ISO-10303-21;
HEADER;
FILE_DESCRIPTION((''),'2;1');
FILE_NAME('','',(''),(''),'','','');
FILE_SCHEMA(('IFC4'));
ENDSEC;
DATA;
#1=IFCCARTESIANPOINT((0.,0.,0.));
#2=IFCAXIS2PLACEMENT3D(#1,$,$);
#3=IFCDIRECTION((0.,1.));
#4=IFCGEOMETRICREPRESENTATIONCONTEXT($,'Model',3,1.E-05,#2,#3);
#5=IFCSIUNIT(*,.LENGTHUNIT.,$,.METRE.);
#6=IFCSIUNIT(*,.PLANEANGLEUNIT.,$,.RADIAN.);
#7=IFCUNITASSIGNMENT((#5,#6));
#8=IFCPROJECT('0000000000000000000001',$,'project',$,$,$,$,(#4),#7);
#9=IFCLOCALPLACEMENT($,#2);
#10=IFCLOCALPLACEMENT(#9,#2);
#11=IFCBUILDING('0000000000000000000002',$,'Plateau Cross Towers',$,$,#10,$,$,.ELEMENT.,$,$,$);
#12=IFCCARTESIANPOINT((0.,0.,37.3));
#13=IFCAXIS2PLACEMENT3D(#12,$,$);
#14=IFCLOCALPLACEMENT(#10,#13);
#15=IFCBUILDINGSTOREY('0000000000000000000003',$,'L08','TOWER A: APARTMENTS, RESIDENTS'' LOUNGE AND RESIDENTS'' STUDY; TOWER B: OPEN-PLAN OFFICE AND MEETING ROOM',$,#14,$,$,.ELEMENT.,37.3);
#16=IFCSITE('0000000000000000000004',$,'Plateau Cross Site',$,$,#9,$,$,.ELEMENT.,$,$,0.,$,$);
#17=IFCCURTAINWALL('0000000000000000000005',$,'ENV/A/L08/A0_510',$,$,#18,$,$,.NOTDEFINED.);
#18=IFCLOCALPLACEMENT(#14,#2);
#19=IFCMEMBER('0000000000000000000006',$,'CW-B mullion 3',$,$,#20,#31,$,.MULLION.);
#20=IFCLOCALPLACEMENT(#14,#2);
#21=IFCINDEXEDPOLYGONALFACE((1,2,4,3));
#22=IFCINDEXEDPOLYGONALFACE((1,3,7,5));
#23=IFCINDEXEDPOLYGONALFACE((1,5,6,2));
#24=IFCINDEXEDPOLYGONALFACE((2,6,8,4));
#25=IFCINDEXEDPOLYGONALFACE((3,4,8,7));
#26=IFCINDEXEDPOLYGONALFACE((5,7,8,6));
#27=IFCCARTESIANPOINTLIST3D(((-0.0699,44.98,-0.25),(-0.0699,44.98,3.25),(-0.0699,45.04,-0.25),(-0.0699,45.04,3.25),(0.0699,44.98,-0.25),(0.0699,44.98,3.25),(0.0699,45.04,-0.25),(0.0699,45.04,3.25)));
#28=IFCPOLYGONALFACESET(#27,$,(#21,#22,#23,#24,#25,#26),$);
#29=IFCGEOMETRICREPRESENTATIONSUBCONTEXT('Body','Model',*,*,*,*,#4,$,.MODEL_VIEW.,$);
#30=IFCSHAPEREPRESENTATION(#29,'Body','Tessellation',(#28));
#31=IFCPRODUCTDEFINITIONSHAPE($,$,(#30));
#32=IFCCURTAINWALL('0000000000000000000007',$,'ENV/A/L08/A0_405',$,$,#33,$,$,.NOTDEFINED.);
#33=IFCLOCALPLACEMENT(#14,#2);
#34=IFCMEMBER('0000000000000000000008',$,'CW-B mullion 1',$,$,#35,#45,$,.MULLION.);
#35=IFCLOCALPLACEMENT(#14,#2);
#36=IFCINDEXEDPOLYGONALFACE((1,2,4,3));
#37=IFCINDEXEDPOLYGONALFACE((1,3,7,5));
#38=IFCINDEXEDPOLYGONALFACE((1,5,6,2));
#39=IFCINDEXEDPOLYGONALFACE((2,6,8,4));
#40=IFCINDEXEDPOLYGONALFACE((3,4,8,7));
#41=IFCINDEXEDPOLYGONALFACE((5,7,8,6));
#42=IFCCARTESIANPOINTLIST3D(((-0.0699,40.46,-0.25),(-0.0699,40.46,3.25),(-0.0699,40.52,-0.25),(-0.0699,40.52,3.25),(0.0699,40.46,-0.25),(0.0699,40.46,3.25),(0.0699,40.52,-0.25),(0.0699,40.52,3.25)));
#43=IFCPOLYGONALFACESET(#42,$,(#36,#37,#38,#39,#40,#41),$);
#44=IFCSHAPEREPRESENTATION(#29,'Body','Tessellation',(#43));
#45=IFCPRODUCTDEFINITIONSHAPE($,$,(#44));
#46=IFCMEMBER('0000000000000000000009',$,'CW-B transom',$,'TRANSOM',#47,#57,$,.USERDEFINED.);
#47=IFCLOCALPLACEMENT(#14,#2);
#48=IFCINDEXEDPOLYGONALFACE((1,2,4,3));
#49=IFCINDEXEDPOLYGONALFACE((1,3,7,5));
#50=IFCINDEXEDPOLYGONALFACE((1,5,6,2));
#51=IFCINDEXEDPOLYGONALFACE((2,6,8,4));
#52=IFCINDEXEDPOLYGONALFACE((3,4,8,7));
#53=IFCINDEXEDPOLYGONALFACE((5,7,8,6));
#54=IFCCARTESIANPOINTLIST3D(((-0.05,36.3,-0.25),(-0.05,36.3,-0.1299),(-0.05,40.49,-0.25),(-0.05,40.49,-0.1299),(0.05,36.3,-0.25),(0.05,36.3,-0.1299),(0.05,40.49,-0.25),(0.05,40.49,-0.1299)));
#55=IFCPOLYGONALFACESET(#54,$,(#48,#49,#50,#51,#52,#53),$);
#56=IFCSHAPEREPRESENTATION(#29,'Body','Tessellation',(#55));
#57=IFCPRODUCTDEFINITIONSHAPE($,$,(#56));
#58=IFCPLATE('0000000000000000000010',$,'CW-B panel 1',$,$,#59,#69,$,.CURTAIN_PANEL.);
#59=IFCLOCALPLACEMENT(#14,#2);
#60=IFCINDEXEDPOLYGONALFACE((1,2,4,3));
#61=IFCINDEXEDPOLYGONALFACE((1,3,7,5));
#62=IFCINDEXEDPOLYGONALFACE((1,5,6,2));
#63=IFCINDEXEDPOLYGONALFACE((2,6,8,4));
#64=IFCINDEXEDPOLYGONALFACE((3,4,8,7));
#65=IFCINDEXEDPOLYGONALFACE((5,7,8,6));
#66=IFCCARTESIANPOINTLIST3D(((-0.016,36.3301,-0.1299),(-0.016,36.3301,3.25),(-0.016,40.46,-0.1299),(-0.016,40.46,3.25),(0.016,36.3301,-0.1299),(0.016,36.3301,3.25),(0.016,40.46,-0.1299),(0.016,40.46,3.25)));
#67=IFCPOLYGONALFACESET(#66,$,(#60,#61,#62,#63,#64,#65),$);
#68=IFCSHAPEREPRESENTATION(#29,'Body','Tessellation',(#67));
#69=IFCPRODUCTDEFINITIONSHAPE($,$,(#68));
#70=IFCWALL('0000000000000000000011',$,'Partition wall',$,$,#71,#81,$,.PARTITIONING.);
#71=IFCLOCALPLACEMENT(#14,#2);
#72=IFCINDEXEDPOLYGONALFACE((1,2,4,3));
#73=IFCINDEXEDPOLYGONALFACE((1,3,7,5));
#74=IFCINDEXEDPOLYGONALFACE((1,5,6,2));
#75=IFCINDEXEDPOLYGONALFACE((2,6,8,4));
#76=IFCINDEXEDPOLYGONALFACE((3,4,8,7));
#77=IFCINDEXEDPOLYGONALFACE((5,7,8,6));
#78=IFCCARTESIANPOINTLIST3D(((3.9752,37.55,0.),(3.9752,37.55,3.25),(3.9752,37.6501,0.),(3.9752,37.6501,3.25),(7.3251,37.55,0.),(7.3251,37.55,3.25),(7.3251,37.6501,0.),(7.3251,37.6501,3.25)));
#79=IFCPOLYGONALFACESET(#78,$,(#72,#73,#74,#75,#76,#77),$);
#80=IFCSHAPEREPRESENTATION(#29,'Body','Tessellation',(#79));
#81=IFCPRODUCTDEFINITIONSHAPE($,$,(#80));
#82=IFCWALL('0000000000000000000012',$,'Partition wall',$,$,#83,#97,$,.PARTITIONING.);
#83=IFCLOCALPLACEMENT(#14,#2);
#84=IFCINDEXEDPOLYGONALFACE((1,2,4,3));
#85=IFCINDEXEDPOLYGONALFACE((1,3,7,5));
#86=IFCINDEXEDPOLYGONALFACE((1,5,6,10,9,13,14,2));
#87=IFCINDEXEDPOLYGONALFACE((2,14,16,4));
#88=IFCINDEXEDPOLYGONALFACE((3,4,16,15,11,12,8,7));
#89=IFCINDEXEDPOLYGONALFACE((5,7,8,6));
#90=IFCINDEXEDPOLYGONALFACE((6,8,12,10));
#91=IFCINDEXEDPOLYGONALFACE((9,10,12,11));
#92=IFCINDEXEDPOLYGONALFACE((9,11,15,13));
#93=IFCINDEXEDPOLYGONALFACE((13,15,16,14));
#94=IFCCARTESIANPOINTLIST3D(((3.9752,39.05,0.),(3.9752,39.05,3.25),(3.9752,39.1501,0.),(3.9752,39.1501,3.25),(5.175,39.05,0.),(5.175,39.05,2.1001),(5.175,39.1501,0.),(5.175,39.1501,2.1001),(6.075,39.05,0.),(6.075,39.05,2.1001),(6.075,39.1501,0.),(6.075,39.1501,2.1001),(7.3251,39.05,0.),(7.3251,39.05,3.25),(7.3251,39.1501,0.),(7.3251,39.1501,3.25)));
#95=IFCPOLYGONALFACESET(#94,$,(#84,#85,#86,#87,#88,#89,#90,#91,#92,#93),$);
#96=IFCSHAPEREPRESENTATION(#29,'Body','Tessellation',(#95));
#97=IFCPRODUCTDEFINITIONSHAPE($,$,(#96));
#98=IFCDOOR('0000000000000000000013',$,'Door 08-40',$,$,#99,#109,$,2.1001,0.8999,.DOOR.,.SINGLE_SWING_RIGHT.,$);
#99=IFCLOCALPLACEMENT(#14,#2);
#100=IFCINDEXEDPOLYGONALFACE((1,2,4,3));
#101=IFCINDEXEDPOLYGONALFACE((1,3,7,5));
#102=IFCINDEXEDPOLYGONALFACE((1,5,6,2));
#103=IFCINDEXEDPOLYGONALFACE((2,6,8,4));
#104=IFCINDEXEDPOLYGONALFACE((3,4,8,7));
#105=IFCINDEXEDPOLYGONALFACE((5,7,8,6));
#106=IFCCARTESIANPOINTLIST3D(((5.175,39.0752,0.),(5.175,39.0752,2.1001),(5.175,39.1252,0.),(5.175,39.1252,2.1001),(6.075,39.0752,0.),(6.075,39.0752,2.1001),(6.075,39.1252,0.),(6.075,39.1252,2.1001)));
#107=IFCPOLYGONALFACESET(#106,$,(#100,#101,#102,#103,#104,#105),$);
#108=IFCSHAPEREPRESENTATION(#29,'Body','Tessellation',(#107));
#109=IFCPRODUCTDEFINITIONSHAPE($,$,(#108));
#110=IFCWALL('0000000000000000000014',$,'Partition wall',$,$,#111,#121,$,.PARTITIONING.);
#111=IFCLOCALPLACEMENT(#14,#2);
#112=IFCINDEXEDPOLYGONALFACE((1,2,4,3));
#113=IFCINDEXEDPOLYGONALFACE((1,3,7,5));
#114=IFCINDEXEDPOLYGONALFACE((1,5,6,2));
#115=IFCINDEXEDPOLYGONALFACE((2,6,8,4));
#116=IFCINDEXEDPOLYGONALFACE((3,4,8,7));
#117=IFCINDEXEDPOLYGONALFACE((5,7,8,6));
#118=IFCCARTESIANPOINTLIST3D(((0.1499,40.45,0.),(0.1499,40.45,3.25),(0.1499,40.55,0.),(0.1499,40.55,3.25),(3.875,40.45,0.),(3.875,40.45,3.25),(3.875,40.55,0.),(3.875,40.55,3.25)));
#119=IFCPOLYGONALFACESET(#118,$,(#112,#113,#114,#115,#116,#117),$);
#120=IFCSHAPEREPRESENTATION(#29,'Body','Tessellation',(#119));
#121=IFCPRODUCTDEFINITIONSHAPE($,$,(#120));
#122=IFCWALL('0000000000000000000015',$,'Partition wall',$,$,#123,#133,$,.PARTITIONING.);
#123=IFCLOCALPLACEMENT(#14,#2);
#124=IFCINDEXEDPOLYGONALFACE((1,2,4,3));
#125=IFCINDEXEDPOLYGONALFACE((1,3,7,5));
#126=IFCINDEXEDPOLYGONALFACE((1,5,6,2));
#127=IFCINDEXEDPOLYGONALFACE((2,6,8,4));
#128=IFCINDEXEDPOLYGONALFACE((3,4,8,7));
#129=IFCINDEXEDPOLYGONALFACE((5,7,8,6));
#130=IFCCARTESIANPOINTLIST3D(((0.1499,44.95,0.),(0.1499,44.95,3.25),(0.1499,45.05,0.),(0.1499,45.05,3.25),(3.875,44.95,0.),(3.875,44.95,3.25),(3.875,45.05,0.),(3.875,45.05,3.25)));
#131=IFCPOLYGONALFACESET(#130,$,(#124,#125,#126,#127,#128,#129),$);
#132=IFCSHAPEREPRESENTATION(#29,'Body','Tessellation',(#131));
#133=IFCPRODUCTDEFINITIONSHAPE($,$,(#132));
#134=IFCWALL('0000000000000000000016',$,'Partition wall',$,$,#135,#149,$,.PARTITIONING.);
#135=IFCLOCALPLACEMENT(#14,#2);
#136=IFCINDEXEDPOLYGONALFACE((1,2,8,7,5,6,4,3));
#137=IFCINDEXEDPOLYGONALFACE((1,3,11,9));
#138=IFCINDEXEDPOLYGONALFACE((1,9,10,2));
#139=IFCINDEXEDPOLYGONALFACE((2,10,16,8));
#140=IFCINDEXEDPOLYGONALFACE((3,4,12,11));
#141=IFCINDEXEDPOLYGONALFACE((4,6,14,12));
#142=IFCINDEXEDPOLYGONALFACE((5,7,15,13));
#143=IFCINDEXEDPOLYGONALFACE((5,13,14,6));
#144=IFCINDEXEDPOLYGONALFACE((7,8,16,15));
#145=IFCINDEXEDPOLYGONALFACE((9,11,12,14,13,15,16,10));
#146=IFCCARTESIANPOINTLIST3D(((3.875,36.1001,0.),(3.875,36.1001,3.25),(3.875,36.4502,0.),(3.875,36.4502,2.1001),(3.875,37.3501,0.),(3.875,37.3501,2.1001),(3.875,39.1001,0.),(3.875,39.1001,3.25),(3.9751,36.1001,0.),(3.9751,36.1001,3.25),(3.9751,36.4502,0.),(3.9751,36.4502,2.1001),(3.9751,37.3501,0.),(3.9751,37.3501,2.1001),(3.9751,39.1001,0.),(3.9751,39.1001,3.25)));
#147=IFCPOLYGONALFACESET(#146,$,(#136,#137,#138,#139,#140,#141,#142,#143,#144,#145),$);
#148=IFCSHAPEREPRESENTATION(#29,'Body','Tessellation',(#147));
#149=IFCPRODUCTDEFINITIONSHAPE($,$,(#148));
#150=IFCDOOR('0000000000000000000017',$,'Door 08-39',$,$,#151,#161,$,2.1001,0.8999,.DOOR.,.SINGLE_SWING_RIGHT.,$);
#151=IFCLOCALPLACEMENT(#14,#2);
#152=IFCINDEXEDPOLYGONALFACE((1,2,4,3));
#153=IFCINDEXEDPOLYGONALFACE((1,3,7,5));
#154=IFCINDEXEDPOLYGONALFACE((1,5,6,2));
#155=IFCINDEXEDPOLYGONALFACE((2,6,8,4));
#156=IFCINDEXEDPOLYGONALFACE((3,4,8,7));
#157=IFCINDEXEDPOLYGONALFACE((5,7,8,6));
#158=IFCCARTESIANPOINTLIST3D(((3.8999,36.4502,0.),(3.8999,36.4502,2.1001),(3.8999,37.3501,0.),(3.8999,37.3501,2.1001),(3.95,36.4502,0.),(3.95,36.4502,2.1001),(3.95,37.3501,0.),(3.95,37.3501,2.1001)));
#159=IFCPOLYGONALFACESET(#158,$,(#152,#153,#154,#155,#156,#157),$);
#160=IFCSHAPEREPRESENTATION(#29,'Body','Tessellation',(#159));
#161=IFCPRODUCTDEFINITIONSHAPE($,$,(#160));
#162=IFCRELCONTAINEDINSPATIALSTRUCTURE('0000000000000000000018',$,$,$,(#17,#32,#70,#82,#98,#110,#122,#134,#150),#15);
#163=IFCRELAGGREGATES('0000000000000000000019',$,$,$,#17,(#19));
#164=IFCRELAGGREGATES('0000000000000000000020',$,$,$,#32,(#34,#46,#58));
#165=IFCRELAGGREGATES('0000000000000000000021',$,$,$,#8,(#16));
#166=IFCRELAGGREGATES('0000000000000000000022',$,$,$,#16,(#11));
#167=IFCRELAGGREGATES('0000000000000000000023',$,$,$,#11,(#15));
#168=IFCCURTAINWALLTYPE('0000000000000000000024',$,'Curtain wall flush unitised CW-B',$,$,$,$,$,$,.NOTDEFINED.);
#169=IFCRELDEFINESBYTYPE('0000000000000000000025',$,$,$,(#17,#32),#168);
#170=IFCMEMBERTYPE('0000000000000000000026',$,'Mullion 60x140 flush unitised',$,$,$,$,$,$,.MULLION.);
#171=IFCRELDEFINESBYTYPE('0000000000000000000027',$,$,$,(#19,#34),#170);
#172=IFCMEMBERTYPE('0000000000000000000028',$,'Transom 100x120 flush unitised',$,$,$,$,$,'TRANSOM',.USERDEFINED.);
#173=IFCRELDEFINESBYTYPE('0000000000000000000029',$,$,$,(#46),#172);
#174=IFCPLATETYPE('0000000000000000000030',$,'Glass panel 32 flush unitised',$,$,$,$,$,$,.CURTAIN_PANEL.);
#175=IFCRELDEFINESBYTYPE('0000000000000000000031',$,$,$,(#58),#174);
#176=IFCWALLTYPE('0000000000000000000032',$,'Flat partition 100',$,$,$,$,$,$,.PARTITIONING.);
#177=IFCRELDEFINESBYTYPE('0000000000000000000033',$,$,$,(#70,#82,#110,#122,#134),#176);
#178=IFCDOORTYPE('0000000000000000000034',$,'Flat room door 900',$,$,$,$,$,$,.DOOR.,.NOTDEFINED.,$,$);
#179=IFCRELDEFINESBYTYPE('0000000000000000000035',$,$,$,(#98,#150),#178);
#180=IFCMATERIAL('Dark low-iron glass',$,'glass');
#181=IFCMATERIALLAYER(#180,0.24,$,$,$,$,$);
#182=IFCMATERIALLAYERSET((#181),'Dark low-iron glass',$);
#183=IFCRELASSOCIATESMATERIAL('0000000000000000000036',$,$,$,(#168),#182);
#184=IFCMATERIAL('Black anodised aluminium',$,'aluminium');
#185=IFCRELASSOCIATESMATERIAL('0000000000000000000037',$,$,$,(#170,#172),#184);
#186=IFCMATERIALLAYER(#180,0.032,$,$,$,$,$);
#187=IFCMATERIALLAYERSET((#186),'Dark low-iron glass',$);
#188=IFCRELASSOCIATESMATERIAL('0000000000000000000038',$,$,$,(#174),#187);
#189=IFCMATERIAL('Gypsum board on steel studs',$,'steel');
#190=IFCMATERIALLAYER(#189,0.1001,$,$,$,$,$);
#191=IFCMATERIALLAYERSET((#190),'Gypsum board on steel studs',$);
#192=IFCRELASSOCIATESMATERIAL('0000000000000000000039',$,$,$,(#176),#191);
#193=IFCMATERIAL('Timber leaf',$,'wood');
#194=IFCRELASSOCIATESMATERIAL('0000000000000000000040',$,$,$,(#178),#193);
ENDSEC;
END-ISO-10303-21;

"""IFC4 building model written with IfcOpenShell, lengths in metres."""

from ifc_helpers import new_model, si_unit, direction, frame, frame_2d, origin, origin_2d, place, context, subcontext, project, spatial, rectangle, extrude, material, layer, layer_set, material_profile, profile_set, type_object, element, fill, aggregate, save


model = new_model("IFC4")

# Units and contexts
model_context = context("Model", 3, precision=1e-05, world=origin(), true_north=direction((0.0, 1.0)))
body_context = subcontext(model_context, "Body", "Model", "MODEL_VIEW")
ifc_project = project(units=[si_unit("LENGTHUNIT", "METRE"), si_unit("PLANEANGLEUNIT", "RADIAN")], contexts=[model_context])

# Site, building, storey
site_placement = place(None, origin())
site = spatial("IfcSite", under=ifc_project, at=site_placement, Name="Plateau Cross Site", CompositionType="ELEMENT", RefElevation=0.0)
building_placement = place(site_placement, origin())
building = spatial("IfcBuilding", under=site, at=building_placement, Name="Plateau Cross Towers", CompositionType="ELEMENT")
storey_placement = place(building_placement, frame((0.0, 0.0, 37.3)))
storey = spatial("IfcBuildingStorey", under=building, at=storey_placement, Name="L08", Description="TOWER A: APARTMENTS, RESIDENTS' LOUNGE AND RESIDENTS' STUDY; TOWER B: OPEN-PLAN OFFICE AND MEETING ROOM", CompositionType="ELEMENT", Elevation=37.3)

# Curtain wall, member
ifc_material_1 = material(Name="Dark low-iron glass", Category="glass")
ifc_layer_1 = layer(ifc_material_1, 0.24)
ifc_layer_set_1 = layer_set([ifc_layer_1], Name="Dark low-iron glass")
curtain_wall_type = type_object("IfcCurtainWallType", Name="Curtain wall flush unitised CW-B", PredefinedType="NOTDEFINED", material=ifc_layer_set_1)
curtain_wall_1_placement = place(storey_placement, origin())
curtain_wall_1 = element("IfcCurtainWall", 1, at=curtain_wall_1_placement, inside=storey, type_object=curtain_wall_type, Name="ENV/A/L08/A0_510", PredefinedType="NOTDEFINED")
ifc_material_2 = material(Name="Black anodised aluminium", Category="aluminium")
ifc_material_profile_1 = material_profile(ifc_material_2, rectangle(XDim=0.0601, YDim=0.1399, at=origin_2d()), Name="MULLION 60x140")
ifc_profile_set_1 = profile_set([ifc_material_profile_1], Name="Black anodised aluminium")
member_type_1 = type_object("IfcMemberType", Name="Mullion 60x140 flush unitised", PredefinedType="MULLION", material=ifc_profile_set_1)
member_1_placement = place(storey_placement, frame((0.0, 45.01, -0.25), z_axis=(0.0, 0.0, 1.0), x_axis=(0.0, -1.0, 0.0)))
member_1 = element("IfcMember", 2, at=member_1_placement, type_object=member_type_1, Name="CW-B mullion 3", PredefinedType="MULLION", context=body_context, shape_type="SweptSolid", body=[
    extrude(rectangle(XDim=0.0601, YDim=0.1399, at=origin_2d()), origin(), (0.0, 0.0, 1.0), 3.5),
])
aggregate(curtain_wall_1, [member_1])

# Curtain wall, members, plate
curtain_wall_2_placement = place(storey_placement, origin())
curtain_wall_2 = element("IfcCurtainWall", 3, at=curtain_wall_2_placement, inside=storey, type_object=curtain_wall_type, Name="ENV/A/L08/A0_405", PredefinedType="NOTDEFINED")
member_2_placement = place(storey_placement, frame((0.0, 40.49, -0.25), z_axis=(0.0, 0.0, 1.0), x_axis=(0.0, -1.0, 0.0)))
member_2 = element("IfcMember", 4, at=member_2_placement, type_object=member_type_1, Name="CW-B mullion 1", PredefinedType="MULLION", context=body_context, shape_type="SweptSolid", body=[
    extrude(rectangle(XDim=0.0601, YDim=0.1399, at=origin_2d()), origin(), (0.0, 0.0, 1.0), 3.5),
])
ifc_material_profile_2 = material_profile(ifc_material_2, rectangle(XDim=0.1001, YDim=0.1201, at=origin_2d()), Name="TRANSOM 100x120")
ifc_profile_set_2 = profile_set([ifc_material_profile_2], Name="Black anodised aluminium")
member_type_2 = type_object("IfcMemberType", Name="Transom 100x120 flush unitised", ElementType="TRANSOM", PredefinedType="USERDEFINED", material=ifc_profile_set_2)
member_3_placement = place(storey_placement, frame((0.0, 40.49, -0.1899), z_axis=(0.0, -1.0, 0.0), x_axis=(1.0, 0.0, 0.0)))
member_3 = element("IfcMember", 5, at=member_3_placement, type_object=member_type_2, Name="CW-B transom", ObjectType="TRANSOM", PredefinedType="USERDEFINED", context=body_context, shape_type="SweptSolid", body=[
    extrude(rectangle(XDim=0.1001, YDim=0.1201, at=origin_2d()), origin(), (0.0, 0.0, 1.0), 4.1899),
])
ifc_layer_2 = layer(ifc_material_1, 0.032)
ifc_layer_set_2 = layer_set([ifc_layer_2], Name="Dark low-iron glass")
plate_type = type_object("IfcPlateType", Name="Glass panel 32 flush unitised", PredefinedType="CURTAIN_PANEL", material=ifc_layer_set_2)
plate_placement = place(storey_placement, frame((0.0, 38.395, -0.1299), z_axis=(0.0, 0.0, 1.0), x_axis=(0.0, -1.0, 0.0)))
plate = element("IfcPlate", 6, at=plate_placement, type_object=plate_type, Name="CW-B panel 1", PredefinedType="CURTAIN_PANEL", context=body_context, shape_type="SweptSolid", body=[
    extrude(rectangle(XDim=4.1299, YDim=0.032, at=origin_2d()), origin(), (0.0, 0.0, 1.0), 3.3799),
])
aggregate(curtain_wall_2, [member_2, member_3, plate])

# Wall
ifc_material_3 = material(Name="Gypsum board on steel studs", Category="steel")
ifc_layer_3 = layer(ifc_material_3, 0.1001)
ifc_layer_set_3 = layer_set([ifc_layer_3], Name="Gypsum board on steel studs")
wall_type_1 = type_object("IfcWallType", Name="Flat partition 100", PredefinedType="PARTITIONING", material=ifc_layer_set_3)
wall_1_placement = place(storey_placement, frame((7.325, 37.6001, 0.0), z_axis=(0.0, 0.0, 1.0), x_axis=(-1.0, 0.0, 0.0)))
element("IfcWall", 7, at=wall_1_placement, inside=storey, type_object=wall_type_1, Name="Partition wall", PredefinedType="PARTITIONING", context=body_context, shape_type="SweptSolid", body=[
    extrude(rectangle(XDim=3.3499, YDim=0.1001, at=frame_2d((1.6748, 0.0))), origin(), (0.0, 0.0, 1.0), 3.25),
])

# Wall, opening, door
wall_2_placement = place(storey_placement, frame((7.325, 39.1001, 0.0), z_axis=(0.0, 0.0, 1.0), x_axis=(-1.0, 0.0, 0.0)))
wall_2 = element("IfcWall", 8, at=wall_2_placement, inside=storey, type_object=wall_type_1, Name="Partition wall", PredefinedType="PARTITIONING", context=body_context, shape_type="SweptSolid", body=[
    extrude(rectangle(XDim=3.3499, YDim=0.1001, at=frame_2d((1.6748, 0.0))), origin(), (0.0, 0.0, 1.0), 3.25),
])
opening_1_placement = place(wall_2_placement, frame((1.25, 0.0, 0.0)))
opening_1 = element("IfcOpeningElement", 9, at=opening_1_placement, cuts=wall_2, PredefinedType="OPENING", context=body_context, shape_type="SweptSolid", body=[
    extrude(rectangle(XDim=0.8999, YDim=2.1001, at=frame_2d((0.45, 1.05))), frame((0.0, 0.0601, 0.0), z_axis=(0.0, -1.0, 0.0), x_axis=(1.0, 0.0, 0.0)), (0.0, 0.0, 1.0), 0.1201),
])
ifc_material_4 = material(Name="Timber leaf", Category="wood")
door_type_1 = type_object("IfcDoorType", Name="Flat room door 900", OperationType="NOTDEFINED", PredefinedType="DOOR", material=ifc_material_4)
door_1_placement = place(opening_1_placement, origin())
door_1 = element("IfcDoor", 10, at=door_1_placement, inside=storey, type_object=door_type_1, Name="Door 08-40", OperationType="SINGLE_SWING_RIGHT", OverallHeight=2.1001, OverallWidth=0.8999, PredefinedType="DOOR", context=body_context, shape_type="SweptSolid", body=[
    extrude(rectangle(XDim=0.8999, YDim=2.1001, at=frame_2d((0.45, 1.05))), frame((0.0, 0.0249, 0.0), z_axis=(0.0, -1.0, 0.0), x_axis=(1.0, 0.0, 0.0)), (0.0, 0.0, 1.0), 0.05),
])
fill(opening_1, door_1)

# Walls
for number, where, z_axis, x_axis, name in (
    (11, (0.1499, 40.5, 0.0), (0.0, 0.0, 1.0), (1.0, 0.0, 0.0), "Partition wall"),
    (12, (3.875, 45.0, 0.0), (0.0, 0.0, 1.0), (-1.0, 0.0, 0.0), "Partition wall"),
):
    element("IfcWall", number, at=place(storey_placement, frame(where, z_axis=z_axis, x_axis=x_axis)), inside=storey, type_object=wall_type_1, Name=name, PredefinedType="PARTITIONING", context=body_context, shape_type="SweptSolid", body=[
        extrude(rectangle(XDim=3.7251, YDim=0.1001, at=frame_2d((1.8625, 0.0))), origin(), (0.0, 0.0, 1.0), 3.25),
    ])

# Wall, opening, door
wall_3_placement = place(storey_placement, frame((3.925, 39.1001, 0.0), z_axis=(0.0, 0.0, 1.0), x_axis=(0.0, -1.0, 0.0)))
wall_3 = element("IfcWall", 13, at=wall_3_placement, inside=storey, type_object=wall_type_1, Name="Partition wall", PredefinedType="PARTITIONING", context=body_context, shape_type="SweptSolid", body=[
    extrude(rectangle(XDim=3.0, YDim=0.1001, at=frame_2d((1.5, 0.0))), origin(), (0.0, 0.0, 1.0), 3.25),
])
opening_2_placement = place(wall_3_placement, frame((1.75, 0.0, 0.0)))
opening_2 = element("IfcOpeningElement", 14, at=opening_2_placement, cuts=wall_3, PredefinedType="OPENING", context=body_context, shape_type="SweptSolid", body=[
    extrude(rectangle(XDim=0.8999, YDim=2.1001, at=frame_2d((0.45, 1.05))), frame((0.0, 0.0601, 0.0), z_axis=(0.0, -1.0, 0.0), x_axis=(1.0, 0.0, 0.0)), (0.0, 0.0, 1.0), 0.1201),
])
door_2_placement = place(opening_2_placement, origin())
door_2 = element("IfcDoor", 15, at=door_2_placement, inside=storey, type_object=door_type_1, Name="Door 08-39", OperationType="SINGLE_SWING_RIGHT", OverallHeight=2.1001, OverallWidth=0.8999, PredefinedType="DOOR", context=body_context, shape_type="SweptSolid", body=[
    extrude(rectangle(XDim=0.8999, YDim=2.1001, at=frame_2d((0.45, 1.05))), frame((0.0, 0.0249, 0.0), z_axis=(0.0, -1.0, 0.0), x_axis=(1.0, 0.0, 0.0)), (0.0, 0.0, 1.0), 0.05),
])
fill(opening_2, door_2)

save(model, "model.ifc")
